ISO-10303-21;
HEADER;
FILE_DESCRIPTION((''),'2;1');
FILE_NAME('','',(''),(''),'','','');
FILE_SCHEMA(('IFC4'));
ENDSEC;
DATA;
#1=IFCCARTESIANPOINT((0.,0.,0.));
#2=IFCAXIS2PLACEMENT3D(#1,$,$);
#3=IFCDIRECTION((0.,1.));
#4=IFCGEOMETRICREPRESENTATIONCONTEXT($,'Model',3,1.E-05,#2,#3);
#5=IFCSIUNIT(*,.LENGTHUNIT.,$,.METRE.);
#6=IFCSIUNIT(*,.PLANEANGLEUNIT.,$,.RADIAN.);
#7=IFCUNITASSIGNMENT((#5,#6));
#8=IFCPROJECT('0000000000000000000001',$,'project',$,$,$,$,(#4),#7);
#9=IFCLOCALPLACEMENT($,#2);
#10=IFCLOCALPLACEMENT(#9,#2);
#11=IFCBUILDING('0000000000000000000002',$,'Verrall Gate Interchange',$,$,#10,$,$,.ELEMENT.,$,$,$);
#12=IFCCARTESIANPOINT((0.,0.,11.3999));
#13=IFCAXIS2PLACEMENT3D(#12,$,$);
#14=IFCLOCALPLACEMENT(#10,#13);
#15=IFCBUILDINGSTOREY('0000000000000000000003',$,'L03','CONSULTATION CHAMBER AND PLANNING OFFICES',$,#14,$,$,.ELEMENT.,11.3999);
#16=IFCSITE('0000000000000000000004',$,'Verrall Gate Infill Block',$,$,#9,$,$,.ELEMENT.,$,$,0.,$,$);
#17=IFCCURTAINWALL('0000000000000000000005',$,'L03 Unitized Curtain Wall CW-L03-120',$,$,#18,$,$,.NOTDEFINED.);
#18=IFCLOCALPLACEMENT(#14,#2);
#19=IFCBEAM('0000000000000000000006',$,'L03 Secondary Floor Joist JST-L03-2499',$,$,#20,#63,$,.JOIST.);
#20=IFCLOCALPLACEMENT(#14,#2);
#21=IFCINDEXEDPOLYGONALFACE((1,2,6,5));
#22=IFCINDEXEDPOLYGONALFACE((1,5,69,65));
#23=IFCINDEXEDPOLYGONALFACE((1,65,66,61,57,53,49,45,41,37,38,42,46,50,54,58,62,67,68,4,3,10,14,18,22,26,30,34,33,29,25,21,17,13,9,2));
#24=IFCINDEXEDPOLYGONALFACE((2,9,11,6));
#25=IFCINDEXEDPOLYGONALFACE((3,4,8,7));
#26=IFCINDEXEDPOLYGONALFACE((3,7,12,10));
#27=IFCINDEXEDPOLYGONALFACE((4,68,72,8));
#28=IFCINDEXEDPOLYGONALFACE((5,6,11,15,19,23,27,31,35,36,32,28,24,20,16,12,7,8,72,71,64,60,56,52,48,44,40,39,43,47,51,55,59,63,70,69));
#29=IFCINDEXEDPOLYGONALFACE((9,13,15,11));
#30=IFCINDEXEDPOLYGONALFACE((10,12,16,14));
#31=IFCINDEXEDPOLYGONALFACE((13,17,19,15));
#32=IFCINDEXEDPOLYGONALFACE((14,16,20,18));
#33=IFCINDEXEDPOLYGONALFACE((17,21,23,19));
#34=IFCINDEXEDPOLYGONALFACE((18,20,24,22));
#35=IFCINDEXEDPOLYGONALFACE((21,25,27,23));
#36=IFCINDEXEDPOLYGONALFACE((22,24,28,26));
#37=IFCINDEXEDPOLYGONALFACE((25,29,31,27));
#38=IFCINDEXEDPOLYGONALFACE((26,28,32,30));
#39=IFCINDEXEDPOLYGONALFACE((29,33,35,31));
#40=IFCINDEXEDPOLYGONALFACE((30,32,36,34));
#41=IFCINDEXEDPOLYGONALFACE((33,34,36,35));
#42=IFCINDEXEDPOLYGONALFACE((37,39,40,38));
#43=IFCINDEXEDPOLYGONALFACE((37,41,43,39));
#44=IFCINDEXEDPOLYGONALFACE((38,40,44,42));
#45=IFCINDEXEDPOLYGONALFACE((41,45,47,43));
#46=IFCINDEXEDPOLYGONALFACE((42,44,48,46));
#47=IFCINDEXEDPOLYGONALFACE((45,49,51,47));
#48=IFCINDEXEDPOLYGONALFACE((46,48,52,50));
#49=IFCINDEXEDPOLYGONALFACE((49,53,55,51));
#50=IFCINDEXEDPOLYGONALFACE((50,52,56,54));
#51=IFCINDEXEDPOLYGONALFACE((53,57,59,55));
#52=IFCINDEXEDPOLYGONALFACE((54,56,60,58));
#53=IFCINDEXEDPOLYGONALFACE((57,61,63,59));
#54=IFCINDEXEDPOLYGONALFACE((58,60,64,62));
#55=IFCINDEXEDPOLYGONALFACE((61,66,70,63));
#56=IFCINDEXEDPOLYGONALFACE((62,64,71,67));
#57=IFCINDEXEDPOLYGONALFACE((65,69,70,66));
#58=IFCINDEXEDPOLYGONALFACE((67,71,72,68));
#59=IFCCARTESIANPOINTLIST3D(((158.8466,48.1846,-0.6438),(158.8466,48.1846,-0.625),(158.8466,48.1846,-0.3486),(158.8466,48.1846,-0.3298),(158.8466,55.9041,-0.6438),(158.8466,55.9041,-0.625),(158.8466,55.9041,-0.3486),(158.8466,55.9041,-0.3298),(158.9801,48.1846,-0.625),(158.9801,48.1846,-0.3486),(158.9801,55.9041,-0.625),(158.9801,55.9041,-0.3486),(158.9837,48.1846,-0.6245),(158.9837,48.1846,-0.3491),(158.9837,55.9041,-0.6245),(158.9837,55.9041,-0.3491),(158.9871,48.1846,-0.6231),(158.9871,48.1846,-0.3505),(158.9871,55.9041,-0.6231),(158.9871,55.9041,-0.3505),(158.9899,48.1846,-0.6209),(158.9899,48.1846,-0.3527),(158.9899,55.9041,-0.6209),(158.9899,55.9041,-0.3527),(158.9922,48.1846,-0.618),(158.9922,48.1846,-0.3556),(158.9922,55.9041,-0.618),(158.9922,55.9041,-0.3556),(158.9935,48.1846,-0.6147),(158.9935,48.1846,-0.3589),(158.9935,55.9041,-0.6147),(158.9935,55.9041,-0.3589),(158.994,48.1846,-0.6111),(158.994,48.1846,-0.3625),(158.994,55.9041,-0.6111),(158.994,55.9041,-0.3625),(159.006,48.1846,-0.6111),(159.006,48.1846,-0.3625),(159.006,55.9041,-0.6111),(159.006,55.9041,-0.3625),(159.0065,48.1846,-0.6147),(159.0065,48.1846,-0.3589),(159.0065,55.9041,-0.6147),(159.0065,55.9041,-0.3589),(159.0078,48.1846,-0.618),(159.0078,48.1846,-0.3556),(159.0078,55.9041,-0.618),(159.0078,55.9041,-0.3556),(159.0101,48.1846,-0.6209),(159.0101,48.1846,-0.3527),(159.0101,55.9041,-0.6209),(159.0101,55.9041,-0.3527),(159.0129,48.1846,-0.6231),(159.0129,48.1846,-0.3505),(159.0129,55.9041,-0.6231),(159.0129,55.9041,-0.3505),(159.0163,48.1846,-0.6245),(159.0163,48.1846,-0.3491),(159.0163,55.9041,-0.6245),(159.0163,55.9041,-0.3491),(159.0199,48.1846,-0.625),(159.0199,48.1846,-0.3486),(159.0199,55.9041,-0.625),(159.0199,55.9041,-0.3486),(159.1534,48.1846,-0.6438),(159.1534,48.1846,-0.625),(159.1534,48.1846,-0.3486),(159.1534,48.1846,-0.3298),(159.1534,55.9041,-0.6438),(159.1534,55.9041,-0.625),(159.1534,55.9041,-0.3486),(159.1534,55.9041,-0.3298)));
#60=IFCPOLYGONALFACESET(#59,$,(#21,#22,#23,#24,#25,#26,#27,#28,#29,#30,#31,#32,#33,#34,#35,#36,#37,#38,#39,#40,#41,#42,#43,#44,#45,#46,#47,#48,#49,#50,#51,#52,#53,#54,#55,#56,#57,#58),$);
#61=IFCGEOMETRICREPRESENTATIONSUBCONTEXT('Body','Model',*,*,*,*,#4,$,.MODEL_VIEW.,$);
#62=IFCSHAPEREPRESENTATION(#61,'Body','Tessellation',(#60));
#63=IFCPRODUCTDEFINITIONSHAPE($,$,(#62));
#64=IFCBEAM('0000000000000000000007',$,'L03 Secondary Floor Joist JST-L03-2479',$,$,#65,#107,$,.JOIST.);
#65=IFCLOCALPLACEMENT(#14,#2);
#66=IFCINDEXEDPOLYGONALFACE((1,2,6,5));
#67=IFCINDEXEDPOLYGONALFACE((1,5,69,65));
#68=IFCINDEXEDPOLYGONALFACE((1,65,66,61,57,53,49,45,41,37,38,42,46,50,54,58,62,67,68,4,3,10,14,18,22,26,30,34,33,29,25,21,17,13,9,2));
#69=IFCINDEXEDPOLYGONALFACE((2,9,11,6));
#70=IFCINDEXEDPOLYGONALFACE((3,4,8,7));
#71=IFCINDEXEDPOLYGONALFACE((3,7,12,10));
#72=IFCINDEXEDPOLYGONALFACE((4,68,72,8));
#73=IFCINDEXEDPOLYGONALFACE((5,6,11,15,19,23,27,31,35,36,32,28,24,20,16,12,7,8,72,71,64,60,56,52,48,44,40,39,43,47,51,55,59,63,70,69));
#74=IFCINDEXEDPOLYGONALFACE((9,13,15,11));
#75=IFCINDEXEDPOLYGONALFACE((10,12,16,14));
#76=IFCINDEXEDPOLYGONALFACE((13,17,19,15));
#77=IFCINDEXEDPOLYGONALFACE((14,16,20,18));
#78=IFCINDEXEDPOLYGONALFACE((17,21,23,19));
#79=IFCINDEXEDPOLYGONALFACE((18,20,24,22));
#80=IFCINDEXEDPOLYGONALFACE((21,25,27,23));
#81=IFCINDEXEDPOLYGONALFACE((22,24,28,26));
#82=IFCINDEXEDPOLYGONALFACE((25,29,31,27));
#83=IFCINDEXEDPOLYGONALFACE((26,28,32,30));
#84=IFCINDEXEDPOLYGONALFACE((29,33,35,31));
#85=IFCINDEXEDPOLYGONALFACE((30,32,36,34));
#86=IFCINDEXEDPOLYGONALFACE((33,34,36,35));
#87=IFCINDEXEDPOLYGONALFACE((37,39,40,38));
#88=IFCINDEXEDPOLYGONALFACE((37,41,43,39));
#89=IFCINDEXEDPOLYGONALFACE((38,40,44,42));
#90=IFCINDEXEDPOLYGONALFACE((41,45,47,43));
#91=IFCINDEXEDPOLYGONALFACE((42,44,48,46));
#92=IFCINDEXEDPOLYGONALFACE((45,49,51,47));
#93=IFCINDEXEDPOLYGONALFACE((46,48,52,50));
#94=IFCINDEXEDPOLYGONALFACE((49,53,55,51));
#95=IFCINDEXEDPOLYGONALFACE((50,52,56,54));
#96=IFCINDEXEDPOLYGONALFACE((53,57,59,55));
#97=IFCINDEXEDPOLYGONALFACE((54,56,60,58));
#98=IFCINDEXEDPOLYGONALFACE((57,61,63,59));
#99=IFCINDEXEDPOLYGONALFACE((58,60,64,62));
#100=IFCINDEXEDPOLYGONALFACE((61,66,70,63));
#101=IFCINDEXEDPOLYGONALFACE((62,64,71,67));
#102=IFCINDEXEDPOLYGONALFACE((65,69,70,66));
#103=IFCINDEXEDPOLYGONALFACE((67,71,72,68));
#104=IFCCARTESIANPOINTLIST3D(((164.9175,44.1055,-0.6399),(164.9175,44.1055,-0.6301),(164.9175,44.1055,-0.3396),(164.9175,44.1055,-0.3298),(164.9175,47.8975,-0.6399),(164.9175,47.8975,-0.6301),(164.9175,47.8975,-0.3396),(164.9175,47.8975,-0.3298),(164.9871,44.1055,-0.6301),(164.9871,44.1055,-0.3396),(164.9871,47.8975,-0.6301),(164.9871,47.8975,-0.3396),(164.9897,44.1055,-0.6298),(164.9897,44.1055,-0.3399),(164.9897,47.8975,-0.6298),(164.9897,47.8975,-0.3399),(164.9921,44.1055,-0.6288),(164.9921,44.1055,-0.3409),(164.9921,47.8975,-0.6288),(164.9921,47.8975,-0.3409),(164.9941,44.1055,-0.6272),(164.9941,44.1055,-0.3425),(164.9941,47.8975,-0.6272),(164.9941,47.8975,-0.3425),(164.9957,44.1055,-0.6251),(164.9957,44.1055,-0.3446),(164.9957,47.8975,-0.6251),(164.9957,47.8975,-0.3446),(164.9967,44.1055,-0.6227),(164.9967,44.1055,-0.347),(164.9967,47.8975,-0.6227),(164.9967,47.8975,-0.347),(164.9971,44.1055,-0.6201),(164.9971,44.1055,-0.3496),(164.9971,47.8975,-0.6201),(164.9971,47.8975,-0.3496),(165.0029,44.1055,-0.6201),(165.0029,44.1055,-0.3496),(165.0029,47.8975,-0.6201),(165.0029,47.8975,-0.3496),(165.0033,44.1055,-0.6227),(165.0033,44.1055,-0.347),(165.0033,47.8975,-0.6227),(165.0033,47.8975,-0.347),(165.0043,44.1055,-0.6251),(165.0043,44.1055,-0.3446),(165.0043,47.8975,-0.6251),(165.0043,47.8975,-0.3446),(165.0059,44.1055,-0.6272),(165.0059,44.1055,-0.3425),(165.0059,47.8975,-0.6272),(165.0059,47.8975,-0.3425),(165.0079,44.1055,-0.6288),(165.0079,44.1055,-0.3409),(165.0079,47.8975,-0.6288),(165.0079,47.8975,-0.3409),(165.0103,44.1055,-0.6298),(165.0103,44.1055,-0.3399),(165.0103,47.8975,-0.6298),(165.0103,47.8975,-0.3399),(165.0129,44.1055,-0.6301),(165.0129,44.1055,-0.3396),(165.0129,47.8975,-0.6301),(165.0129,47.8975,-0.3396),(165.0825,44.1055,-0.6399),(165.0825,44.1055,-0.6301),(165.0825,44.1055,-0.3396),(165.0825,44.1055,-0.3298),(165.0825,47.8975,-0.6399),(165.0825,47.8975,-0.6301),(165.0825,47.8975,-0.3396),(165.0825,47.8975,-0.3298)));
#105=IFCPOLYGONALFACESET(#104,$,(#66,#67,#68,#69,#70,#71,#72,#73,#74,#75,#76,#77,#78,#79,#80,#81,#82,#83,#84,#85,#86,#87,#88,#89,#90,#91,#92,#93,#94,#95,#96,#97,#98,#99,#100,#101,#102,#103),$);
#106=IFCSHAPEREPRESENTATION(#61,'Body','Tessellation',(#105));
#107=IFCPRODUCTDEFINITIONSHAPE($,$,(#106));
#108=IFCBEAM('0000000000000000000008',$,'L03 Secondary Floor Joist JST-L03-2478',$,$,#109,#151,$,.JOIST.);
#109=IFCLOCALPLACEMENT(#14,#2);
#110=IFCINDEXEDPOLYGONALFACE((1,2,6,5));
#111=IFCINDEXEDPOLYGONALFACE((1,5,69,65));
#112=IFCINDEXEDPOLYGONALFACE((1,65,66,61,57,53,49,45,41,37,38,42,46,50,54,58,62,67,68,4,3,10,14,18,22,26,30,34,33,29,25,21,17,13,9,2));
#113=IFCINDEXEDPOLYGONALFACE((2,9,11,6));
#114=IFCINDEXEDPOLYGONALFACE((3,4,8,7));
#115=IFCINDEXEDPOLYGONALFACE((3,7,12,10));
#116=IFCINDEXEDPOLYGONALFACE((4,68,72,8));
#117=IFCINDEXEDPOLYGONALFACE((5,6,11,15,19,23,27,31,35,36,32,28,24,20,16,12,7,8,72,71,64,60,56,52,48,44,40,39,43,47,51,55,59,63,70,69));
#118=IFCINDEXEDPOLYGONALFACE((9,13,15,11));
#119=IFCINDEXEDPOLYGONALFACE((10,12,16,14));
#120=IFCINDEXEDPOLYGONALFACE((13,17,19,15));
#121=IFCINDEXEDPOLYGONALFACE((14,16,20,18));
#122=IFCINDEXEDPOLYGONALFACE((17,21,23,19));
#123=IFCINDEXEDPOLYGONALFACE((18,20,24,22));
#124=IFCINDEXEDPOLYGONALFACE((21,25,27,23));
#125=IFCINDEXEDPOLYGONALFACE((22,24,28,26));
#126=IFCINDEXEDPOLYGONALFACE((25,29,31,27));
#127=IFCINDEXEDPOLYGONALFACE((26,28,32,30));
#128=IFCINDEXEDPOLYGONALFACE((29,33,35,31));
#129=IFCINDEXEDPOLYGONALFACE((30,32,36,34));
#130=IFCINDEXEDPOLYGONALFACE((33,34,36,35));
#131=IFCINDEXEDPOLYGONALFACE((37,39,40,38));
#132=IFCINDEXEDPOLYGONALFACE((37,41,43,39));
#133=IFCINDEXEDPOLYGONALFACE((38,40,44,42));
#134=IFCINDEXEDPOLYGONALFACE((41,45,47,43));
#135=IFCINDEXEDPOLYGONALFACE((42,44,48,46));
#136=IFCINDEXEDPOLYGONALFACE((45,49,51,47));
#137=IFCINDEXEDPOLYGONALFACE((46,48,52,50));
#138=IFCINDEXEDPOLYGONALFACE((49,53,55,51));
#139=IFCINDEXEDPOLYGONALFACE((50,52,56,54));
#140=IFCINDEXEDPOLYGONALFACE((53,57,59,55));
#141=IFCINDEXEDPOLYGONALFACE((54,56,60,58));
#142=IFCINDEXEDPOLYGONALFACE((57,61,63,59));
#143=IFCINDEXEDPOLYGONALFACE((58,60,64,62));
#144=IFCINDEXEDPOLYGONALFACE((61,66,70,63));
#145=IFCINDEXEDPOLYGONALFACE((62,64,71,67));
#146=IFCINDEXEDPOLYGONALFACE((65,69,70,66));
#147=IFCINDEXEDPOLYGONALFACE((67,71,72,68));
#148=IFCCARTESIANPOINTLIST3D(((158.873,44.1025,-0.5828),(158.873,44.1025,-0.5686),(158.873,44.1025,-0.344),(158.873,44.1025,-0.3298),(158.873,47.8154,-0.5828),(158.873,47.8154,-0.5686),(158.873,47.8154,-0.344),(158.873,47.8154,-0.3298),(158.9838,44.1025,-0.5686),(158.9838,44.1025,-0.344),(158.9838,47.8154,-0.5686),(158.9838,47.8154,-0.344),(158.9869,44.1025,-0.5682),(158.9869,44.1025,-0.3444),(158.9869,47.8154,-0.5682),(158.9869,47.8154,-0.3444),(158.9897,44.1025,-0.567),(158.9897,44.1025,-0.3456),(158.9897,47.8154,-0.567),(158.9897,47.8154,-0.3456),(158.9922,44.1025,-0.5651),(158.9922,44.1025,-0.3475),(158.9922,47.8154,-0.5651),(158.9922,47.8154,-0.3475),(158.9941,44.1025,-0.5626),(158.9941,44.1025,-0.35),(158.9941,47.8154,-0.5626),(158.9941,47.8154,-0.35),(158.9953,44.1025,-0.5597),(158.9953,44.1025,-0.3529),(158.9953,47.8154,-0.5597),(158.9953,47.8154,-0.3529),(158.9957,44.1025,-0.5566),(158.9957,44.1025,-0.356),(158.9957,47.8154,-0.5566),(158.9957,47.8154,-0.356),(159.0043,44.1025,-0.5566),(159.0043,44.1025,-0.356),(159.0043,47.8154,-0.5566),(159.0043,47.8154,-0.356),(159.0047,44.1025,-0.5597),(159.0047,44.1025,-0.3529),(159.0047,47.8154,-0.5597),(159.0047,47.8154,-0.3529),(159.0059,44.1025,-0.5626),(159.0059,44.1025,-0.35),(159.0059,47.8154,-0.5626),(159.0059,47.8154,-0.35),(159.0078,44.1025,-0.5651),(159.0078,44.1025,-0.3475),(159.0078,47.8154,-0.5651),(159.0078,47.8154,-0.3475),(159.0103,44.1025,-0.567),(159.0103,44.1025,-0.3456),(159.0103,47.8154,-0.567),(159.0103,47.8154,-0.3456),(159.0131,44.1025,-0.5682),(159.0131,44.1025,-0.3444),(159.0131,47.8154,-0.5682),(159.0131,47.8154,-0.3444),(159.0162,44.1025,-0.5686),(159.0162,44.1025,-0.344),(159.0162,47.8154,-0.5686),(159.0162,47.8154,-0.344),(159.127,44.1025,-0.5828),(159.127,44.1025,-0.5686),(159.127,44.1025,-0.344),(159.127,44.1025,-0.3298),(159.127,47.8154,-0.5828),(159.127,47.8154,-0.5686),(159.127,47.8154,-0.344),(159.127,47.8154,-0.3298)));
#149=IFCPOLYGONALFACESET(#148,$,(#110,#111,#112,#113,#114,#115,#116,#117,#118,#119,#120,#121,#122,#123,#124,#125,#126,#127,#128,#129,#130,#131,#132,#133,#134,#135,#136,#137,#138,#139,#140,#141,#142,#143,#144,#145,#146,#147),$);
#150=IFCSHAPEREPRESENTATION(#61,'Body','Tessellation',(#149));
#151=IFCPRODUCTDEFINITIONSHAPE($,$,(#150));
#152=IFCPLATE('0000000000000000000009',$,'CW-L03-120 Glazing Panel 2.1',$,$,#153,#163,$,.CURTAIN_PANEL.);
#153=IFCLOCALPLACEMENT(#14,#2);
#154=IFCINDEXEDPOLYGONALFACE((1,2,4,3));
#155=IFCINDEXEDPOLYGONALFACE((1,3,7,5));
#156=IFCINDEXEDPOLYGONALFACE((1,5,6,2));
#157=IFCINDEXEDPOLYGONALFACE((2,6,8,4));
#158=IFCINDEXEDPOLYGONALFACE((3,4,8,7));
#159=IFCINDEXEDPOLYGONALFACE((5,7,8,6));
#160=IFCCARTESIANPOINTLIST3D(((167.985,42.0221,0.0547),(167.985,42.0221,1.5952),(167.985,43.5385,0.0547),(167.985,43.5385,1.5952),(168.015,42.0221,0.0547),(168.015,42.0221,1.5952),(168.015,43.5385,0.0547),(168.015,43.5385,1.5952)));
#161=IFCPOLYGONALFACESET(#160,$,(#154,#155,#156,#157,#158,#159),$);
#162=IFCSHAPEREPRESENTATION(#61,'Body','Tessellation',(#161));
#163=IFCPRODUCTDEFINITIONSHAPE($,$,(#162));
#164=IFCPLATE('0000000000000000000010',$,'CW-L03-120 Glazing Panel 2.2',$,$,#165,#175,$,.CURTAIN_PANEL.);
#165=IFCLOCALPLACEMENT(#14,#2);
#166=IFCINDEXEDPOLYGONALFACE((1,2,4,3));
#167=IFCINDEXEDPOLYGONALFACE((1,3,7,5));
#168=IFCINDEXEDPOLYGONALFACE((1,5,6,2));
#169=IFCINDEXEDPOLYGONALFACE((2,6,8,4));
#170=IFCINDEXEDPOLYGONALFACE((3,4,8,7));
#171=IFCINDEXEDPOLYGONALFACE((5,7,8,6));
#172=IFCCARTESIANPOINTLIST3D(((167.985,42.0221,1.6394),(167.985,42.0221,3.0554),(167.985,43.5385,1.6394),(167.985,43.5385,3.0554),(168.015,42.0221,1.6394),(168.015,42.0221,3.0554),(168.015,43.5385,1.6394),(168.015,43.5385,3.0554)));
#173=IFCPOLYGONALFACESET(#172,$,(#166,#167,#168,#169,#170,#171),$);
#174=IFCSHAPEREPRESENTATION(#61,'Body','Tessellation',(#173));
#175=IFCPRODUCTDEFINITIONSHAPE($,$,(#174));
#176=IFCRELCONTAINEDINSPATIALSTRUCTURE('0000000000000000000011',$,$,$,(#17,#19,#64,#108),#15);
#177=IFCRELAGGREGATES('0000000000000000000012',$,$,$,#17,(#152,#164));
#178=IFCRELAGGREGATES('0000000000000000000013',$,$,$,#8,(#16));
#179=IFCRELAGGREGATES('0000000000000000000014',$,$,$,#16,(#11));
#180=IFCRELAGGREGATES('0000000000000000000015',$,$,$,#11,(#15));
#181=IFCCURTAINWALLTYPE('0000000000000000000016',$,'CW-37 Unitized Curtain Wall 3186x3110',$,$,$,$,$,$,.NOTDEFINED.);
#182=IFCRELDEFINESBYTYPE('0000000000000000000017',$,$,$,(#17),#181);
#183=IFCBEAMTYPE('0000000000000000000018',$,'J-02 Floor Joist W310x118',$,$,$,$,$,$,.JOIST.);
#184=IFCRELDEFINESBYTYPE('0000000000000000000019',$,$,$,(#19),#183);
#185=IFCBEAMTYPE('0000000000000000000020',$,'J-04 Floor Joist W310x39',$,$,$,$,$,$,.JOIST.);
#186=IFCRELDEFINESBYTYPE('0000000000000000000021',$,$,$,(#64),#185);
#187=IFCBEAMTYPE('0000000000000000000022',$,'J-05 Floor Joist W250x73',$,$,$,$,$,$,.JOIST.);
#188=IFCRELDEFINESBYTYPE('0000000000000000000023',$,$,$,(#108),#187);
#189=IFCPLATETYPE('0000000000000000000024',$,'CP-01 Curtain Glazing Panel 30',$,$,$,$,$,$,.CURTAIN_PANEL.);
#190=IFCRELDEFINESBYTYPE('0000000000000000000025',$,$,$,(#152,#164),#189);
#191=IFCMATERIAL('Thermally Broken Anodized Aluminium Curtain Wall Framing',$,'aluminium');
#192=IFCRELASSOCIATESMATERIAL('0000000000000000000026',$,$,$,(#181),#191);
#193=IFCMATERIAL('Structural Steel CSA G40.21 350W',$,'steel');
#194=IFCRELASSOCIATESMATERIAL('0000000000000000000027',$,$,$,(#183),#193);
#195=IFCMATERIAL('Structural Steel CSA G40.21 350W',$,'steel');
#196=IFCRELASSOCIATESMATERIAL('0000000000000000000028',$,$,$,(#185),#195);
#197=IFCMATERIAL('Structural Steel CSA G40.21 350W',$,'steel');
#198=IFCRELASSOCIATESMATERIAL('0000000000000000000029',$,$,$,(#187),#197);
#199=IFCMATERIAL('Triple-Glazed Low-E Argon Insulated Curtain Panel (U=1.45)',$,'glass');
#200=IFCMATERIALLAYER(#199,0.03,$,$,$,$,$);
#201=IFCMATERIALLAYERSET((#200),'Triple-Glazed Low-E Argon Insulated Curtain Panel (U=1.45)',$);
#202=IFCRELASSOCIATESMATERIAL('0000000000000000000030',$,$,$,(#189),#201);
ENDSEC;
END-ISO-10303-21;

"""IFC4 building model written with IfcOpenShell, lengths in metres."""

from ifc_helpers import new_model, si_unit, direction, frame, origin, origin_2d, place, context, subcontext, project, spatial, rectangle, i_section, extrude, material, layer, layer_set, material_profile, profile_set, type_object, element, aggregate, save


model = new_model("IFC4")

# Units and contexts
model_context = context("Model", 3, precision=1e-05, world=origin(), true_north=direction((0.0, 1.0)))
body_context = subcontext(model_context, "Body", "Model", "MODEL_VIEW")
ifc_project = project(units=[si_unit("LENGTHUNIT", "METRE"), si_unit("PLANEANGLEUNIT", "RADIAN")], contexts=[model_context])

# Site, building, storey
site_placement = place(None, origin())
site = spatial("IfcSite", under=ifc_project, at=site_placement, Name="Verrall Gate Infill Block", CompositionType="ELEMENT", RefElevation=0.0)
building_placement = place(site_placement, origin())
building = spatial("IfcBuilding", under=site, at=building_placement, Name="Verrall Gate Interchange", CompositionType="ELEMENT")
storey_placement = place(building_placement, frame((0.0, 0.0, 11.3999)))
storey = spatial("IfcBuildingStorey", under=building, at=storey_placement, Name="L03", Description="CONSULTATION CHAMBER AND PLANNING OFFICES", CompositionType="ELEMENT", Elevation=11.3999)

# Curtain wall
ifc_material_1 = material(Name="Thermally Broken Anodized Aluminium Curtain Wall Framing", Category="aluminium")
curtain_wall_type = type_object("IfcCurtainWallType", Name="CW-37 Unitized Curtain Wall 3186x3110", PredefinedType="NOTDEFINED", material=ifc_material_1)
curtain_wall_placement = place(storey_placement, origin())
curtain_wall = element("IfcCurtainWall", 1, at=curtain_wall_placement, inside=storey, type_object=curtain_wall_type, Name="L03 Unitized Curtain Wall CW-L03-120", PredefinedType="NOTDEFINED")

# Beams
ifc_material_2 = material(Name="Structural Steel CSA G40.21 350W", Category="steel")
ifc_material_profile_1 = material_profile(ifc_material_2, i_section(OverallWidth=0.3069, OverallDepth=0.314, WebThickness=0.012, FlangeThickness=0.0188, FilletRadius=0.0139, at=origin_2d()), Name="W310x118")
ifc_profile_set_1 = profile_set([ifc_material_profile_1], Name="Structural Steel CSA G40.21 350W")
beam_type_1 = type_object("IfcBeamType", Name="J-02 Floor Joist W310x118", PredefinedType="JOIST", material=ifc_profile_set_1)
beam_1_placement = place(storey_placement, frame((159.0, 48.1846, -0.4868), z_axis=(0.0, 1.0, 0.0), x_axis=(-1.0, 0.0, 0.0)))
element("IfcBeam", 2, at=beam_1_placement, inside=storey, type_object=beam_type_1, Name="L03 Secondary Floor Joist JST-L03-2499", PredefinedType="JOIST", context=body_context, shape_type="SweptSolid", body=[
    extrude(i_section(OverallWidth=0.3069, OverallDepth=0.314, WebThickness=0.012, FlangeThickness=0.0188, FilletRadius=0.0139, at=origin_2d()), origin(), (0.0, 0.0, 1.0), 7.7195),
])
ifc_material_3 = material(Name="Structural Steel CSA G40.21 350W", Category="steel")
ifc_material_profile_2 = material_profile(ifc_material_3, i_section(OverallWidth=0.165, OverallDepth=0.3101, WebThickness=0.0059, FlangeThickness=0.0098, FilletRadius=0.01, at=origin_2d()), Name="W310x39")
ifc_profile_set_2 = profile_set([ifc_material_profile_2], Name="Structural Steel CSA G40.21 350W")
beam_type_2 = type_object("IfcBeamType", Name="J-04 Floor Joist W310x39", PredefinedType="JOIST", material=ifc_profile_set_2)
beam_2_placement = place(storey_placement, frame((165.0, 44.1055, -0.4849), z_axis=(0.0, 1.0, 0.0), x_axis=(-1.0, 0.0, 0.0)))
element("IfcBeam", 3, at=beam_2_placement, inside=storey, type_object=beam_type_2, Name="L03 Secondary Floor Joist JST-L03-2479", PredefinedType="JOIST", context=body_context, shape_type="SweptSolid", body=[
    extrude(i_section(OverallWidth=0.165, OverallDepth=0.3101, WebThickness=0.0059, FlangeThickness=0.0098, FilletRadius=0.01, at=origin_2d()), origin(), (0.0, 0.0, 1.0), 3.792),
])
ifc_material_4 = material(Name="Structural Steel CSA G40.21 350W", Category="steel")
ifc_material_profile_3 = material_profile(ifc_material_4, i_section(OverallWidth=0.2539, OverallDepth=0.2529, WebThickness=0.0085, FlangeThickness=0.0142, FilletRadius=0.012, at=origin_2d()), Name="W250x73")
ifc_profile_set_3 = profile_set([ifc_material_profile_3], Name="Structural Steel CSA G40.21 350W")
beam_type_3 = type_object("IfcBeamType", Name="J-05 Floor Joist W250x73", PredefinedType="JOIST", material=ifc_profile_set_3)
beam_3_placement = place(storey_placement, frame((159.0, 44.1025, -0.4563), z_axis=(0.0, 1.0, 0.0), x_axis=(-1.0, 0.0, 0.0)))
element("IfcBeam", 4, at=beam_3_placement, inside=storey, type_object=beam_type_3, Name="L03 Secondary Floor Joist JST-L03-2478", PredefinedType="JOIST", context=body_context, shape_type="SweptSolid", body=[
    extrude(i_section(OverallWidth=0.2539, OverallDepth=0.2529, WebThickness=0.0085, FlangeThickness=0.0142, FilletRadius=0.012, at=origin_2d()), origin(), (0.0, 0.0, 1.0), 3.7129),
])

# Plates
ifc_material_5 = material(Name="Triple-Glazed Low-E Argon Insulated Curtain Panel (U=1.45)", Category="glass")
ifc_layer_1 = layer(ifc_material_5, 0.03)
ifc_layer_set_1 = layer_set([ifc_layer_1], Name="Triple-Glazed Low-E Argon Insulated Curtain Panel (U=1.45)")
plate_type = type_object("IfcPlateType", Name="CP-01 Curtain Glazing Panel 30", PredefinedType="CURTAIN_PANEL", material=ifc_layer_set_1)
plate_1_placement = place(storey_placement, frame((168.0, 42.7803, 0.0547), z_axis=(0.0, 0.0, 1.0), x_axis=(0.0, 1.0, 0.0)))
plate_1 = element("IfcPlate", 5, at=plate_1_placement, type_object=plate_type, Name="CW-L03-120 Glazing Panel 2.1", PredefinedType="CURTAIN_PANEL", context=body_context, shape_type="SweptSolid", body=[
    extrude(rectangle(XDim=1.5164, YDim=0.03, at=origin_2d()), origin(), (0.0, 0.0, 1.0), 1.5405),
])
plate_2_placement = place(storey_placement, frame((168.0, 42.7803, 1.6394), z_axis=(0.0, 0.0, 1.0), x_axis=(0.0, 1.0, 0.0)))
plate_2 = element("IfcPlate", 6, at=plate_2_placement, type_object=plate_type, Name="CW-L03-120 Glazing Panel 2.2", PredefinedType="CURTAIN_PANEL", context=body_context, shape_type="SweptSolid", body=[
    extrude(rectangle(XDim=1.5164, YDim=0.03, at=origin_2d()), origin(), (0.0, 0.0, 1.0), 1.416),
])
aggregate(curtain_wall, [plate_1, plate_2])

save(model, "model.ifc")
